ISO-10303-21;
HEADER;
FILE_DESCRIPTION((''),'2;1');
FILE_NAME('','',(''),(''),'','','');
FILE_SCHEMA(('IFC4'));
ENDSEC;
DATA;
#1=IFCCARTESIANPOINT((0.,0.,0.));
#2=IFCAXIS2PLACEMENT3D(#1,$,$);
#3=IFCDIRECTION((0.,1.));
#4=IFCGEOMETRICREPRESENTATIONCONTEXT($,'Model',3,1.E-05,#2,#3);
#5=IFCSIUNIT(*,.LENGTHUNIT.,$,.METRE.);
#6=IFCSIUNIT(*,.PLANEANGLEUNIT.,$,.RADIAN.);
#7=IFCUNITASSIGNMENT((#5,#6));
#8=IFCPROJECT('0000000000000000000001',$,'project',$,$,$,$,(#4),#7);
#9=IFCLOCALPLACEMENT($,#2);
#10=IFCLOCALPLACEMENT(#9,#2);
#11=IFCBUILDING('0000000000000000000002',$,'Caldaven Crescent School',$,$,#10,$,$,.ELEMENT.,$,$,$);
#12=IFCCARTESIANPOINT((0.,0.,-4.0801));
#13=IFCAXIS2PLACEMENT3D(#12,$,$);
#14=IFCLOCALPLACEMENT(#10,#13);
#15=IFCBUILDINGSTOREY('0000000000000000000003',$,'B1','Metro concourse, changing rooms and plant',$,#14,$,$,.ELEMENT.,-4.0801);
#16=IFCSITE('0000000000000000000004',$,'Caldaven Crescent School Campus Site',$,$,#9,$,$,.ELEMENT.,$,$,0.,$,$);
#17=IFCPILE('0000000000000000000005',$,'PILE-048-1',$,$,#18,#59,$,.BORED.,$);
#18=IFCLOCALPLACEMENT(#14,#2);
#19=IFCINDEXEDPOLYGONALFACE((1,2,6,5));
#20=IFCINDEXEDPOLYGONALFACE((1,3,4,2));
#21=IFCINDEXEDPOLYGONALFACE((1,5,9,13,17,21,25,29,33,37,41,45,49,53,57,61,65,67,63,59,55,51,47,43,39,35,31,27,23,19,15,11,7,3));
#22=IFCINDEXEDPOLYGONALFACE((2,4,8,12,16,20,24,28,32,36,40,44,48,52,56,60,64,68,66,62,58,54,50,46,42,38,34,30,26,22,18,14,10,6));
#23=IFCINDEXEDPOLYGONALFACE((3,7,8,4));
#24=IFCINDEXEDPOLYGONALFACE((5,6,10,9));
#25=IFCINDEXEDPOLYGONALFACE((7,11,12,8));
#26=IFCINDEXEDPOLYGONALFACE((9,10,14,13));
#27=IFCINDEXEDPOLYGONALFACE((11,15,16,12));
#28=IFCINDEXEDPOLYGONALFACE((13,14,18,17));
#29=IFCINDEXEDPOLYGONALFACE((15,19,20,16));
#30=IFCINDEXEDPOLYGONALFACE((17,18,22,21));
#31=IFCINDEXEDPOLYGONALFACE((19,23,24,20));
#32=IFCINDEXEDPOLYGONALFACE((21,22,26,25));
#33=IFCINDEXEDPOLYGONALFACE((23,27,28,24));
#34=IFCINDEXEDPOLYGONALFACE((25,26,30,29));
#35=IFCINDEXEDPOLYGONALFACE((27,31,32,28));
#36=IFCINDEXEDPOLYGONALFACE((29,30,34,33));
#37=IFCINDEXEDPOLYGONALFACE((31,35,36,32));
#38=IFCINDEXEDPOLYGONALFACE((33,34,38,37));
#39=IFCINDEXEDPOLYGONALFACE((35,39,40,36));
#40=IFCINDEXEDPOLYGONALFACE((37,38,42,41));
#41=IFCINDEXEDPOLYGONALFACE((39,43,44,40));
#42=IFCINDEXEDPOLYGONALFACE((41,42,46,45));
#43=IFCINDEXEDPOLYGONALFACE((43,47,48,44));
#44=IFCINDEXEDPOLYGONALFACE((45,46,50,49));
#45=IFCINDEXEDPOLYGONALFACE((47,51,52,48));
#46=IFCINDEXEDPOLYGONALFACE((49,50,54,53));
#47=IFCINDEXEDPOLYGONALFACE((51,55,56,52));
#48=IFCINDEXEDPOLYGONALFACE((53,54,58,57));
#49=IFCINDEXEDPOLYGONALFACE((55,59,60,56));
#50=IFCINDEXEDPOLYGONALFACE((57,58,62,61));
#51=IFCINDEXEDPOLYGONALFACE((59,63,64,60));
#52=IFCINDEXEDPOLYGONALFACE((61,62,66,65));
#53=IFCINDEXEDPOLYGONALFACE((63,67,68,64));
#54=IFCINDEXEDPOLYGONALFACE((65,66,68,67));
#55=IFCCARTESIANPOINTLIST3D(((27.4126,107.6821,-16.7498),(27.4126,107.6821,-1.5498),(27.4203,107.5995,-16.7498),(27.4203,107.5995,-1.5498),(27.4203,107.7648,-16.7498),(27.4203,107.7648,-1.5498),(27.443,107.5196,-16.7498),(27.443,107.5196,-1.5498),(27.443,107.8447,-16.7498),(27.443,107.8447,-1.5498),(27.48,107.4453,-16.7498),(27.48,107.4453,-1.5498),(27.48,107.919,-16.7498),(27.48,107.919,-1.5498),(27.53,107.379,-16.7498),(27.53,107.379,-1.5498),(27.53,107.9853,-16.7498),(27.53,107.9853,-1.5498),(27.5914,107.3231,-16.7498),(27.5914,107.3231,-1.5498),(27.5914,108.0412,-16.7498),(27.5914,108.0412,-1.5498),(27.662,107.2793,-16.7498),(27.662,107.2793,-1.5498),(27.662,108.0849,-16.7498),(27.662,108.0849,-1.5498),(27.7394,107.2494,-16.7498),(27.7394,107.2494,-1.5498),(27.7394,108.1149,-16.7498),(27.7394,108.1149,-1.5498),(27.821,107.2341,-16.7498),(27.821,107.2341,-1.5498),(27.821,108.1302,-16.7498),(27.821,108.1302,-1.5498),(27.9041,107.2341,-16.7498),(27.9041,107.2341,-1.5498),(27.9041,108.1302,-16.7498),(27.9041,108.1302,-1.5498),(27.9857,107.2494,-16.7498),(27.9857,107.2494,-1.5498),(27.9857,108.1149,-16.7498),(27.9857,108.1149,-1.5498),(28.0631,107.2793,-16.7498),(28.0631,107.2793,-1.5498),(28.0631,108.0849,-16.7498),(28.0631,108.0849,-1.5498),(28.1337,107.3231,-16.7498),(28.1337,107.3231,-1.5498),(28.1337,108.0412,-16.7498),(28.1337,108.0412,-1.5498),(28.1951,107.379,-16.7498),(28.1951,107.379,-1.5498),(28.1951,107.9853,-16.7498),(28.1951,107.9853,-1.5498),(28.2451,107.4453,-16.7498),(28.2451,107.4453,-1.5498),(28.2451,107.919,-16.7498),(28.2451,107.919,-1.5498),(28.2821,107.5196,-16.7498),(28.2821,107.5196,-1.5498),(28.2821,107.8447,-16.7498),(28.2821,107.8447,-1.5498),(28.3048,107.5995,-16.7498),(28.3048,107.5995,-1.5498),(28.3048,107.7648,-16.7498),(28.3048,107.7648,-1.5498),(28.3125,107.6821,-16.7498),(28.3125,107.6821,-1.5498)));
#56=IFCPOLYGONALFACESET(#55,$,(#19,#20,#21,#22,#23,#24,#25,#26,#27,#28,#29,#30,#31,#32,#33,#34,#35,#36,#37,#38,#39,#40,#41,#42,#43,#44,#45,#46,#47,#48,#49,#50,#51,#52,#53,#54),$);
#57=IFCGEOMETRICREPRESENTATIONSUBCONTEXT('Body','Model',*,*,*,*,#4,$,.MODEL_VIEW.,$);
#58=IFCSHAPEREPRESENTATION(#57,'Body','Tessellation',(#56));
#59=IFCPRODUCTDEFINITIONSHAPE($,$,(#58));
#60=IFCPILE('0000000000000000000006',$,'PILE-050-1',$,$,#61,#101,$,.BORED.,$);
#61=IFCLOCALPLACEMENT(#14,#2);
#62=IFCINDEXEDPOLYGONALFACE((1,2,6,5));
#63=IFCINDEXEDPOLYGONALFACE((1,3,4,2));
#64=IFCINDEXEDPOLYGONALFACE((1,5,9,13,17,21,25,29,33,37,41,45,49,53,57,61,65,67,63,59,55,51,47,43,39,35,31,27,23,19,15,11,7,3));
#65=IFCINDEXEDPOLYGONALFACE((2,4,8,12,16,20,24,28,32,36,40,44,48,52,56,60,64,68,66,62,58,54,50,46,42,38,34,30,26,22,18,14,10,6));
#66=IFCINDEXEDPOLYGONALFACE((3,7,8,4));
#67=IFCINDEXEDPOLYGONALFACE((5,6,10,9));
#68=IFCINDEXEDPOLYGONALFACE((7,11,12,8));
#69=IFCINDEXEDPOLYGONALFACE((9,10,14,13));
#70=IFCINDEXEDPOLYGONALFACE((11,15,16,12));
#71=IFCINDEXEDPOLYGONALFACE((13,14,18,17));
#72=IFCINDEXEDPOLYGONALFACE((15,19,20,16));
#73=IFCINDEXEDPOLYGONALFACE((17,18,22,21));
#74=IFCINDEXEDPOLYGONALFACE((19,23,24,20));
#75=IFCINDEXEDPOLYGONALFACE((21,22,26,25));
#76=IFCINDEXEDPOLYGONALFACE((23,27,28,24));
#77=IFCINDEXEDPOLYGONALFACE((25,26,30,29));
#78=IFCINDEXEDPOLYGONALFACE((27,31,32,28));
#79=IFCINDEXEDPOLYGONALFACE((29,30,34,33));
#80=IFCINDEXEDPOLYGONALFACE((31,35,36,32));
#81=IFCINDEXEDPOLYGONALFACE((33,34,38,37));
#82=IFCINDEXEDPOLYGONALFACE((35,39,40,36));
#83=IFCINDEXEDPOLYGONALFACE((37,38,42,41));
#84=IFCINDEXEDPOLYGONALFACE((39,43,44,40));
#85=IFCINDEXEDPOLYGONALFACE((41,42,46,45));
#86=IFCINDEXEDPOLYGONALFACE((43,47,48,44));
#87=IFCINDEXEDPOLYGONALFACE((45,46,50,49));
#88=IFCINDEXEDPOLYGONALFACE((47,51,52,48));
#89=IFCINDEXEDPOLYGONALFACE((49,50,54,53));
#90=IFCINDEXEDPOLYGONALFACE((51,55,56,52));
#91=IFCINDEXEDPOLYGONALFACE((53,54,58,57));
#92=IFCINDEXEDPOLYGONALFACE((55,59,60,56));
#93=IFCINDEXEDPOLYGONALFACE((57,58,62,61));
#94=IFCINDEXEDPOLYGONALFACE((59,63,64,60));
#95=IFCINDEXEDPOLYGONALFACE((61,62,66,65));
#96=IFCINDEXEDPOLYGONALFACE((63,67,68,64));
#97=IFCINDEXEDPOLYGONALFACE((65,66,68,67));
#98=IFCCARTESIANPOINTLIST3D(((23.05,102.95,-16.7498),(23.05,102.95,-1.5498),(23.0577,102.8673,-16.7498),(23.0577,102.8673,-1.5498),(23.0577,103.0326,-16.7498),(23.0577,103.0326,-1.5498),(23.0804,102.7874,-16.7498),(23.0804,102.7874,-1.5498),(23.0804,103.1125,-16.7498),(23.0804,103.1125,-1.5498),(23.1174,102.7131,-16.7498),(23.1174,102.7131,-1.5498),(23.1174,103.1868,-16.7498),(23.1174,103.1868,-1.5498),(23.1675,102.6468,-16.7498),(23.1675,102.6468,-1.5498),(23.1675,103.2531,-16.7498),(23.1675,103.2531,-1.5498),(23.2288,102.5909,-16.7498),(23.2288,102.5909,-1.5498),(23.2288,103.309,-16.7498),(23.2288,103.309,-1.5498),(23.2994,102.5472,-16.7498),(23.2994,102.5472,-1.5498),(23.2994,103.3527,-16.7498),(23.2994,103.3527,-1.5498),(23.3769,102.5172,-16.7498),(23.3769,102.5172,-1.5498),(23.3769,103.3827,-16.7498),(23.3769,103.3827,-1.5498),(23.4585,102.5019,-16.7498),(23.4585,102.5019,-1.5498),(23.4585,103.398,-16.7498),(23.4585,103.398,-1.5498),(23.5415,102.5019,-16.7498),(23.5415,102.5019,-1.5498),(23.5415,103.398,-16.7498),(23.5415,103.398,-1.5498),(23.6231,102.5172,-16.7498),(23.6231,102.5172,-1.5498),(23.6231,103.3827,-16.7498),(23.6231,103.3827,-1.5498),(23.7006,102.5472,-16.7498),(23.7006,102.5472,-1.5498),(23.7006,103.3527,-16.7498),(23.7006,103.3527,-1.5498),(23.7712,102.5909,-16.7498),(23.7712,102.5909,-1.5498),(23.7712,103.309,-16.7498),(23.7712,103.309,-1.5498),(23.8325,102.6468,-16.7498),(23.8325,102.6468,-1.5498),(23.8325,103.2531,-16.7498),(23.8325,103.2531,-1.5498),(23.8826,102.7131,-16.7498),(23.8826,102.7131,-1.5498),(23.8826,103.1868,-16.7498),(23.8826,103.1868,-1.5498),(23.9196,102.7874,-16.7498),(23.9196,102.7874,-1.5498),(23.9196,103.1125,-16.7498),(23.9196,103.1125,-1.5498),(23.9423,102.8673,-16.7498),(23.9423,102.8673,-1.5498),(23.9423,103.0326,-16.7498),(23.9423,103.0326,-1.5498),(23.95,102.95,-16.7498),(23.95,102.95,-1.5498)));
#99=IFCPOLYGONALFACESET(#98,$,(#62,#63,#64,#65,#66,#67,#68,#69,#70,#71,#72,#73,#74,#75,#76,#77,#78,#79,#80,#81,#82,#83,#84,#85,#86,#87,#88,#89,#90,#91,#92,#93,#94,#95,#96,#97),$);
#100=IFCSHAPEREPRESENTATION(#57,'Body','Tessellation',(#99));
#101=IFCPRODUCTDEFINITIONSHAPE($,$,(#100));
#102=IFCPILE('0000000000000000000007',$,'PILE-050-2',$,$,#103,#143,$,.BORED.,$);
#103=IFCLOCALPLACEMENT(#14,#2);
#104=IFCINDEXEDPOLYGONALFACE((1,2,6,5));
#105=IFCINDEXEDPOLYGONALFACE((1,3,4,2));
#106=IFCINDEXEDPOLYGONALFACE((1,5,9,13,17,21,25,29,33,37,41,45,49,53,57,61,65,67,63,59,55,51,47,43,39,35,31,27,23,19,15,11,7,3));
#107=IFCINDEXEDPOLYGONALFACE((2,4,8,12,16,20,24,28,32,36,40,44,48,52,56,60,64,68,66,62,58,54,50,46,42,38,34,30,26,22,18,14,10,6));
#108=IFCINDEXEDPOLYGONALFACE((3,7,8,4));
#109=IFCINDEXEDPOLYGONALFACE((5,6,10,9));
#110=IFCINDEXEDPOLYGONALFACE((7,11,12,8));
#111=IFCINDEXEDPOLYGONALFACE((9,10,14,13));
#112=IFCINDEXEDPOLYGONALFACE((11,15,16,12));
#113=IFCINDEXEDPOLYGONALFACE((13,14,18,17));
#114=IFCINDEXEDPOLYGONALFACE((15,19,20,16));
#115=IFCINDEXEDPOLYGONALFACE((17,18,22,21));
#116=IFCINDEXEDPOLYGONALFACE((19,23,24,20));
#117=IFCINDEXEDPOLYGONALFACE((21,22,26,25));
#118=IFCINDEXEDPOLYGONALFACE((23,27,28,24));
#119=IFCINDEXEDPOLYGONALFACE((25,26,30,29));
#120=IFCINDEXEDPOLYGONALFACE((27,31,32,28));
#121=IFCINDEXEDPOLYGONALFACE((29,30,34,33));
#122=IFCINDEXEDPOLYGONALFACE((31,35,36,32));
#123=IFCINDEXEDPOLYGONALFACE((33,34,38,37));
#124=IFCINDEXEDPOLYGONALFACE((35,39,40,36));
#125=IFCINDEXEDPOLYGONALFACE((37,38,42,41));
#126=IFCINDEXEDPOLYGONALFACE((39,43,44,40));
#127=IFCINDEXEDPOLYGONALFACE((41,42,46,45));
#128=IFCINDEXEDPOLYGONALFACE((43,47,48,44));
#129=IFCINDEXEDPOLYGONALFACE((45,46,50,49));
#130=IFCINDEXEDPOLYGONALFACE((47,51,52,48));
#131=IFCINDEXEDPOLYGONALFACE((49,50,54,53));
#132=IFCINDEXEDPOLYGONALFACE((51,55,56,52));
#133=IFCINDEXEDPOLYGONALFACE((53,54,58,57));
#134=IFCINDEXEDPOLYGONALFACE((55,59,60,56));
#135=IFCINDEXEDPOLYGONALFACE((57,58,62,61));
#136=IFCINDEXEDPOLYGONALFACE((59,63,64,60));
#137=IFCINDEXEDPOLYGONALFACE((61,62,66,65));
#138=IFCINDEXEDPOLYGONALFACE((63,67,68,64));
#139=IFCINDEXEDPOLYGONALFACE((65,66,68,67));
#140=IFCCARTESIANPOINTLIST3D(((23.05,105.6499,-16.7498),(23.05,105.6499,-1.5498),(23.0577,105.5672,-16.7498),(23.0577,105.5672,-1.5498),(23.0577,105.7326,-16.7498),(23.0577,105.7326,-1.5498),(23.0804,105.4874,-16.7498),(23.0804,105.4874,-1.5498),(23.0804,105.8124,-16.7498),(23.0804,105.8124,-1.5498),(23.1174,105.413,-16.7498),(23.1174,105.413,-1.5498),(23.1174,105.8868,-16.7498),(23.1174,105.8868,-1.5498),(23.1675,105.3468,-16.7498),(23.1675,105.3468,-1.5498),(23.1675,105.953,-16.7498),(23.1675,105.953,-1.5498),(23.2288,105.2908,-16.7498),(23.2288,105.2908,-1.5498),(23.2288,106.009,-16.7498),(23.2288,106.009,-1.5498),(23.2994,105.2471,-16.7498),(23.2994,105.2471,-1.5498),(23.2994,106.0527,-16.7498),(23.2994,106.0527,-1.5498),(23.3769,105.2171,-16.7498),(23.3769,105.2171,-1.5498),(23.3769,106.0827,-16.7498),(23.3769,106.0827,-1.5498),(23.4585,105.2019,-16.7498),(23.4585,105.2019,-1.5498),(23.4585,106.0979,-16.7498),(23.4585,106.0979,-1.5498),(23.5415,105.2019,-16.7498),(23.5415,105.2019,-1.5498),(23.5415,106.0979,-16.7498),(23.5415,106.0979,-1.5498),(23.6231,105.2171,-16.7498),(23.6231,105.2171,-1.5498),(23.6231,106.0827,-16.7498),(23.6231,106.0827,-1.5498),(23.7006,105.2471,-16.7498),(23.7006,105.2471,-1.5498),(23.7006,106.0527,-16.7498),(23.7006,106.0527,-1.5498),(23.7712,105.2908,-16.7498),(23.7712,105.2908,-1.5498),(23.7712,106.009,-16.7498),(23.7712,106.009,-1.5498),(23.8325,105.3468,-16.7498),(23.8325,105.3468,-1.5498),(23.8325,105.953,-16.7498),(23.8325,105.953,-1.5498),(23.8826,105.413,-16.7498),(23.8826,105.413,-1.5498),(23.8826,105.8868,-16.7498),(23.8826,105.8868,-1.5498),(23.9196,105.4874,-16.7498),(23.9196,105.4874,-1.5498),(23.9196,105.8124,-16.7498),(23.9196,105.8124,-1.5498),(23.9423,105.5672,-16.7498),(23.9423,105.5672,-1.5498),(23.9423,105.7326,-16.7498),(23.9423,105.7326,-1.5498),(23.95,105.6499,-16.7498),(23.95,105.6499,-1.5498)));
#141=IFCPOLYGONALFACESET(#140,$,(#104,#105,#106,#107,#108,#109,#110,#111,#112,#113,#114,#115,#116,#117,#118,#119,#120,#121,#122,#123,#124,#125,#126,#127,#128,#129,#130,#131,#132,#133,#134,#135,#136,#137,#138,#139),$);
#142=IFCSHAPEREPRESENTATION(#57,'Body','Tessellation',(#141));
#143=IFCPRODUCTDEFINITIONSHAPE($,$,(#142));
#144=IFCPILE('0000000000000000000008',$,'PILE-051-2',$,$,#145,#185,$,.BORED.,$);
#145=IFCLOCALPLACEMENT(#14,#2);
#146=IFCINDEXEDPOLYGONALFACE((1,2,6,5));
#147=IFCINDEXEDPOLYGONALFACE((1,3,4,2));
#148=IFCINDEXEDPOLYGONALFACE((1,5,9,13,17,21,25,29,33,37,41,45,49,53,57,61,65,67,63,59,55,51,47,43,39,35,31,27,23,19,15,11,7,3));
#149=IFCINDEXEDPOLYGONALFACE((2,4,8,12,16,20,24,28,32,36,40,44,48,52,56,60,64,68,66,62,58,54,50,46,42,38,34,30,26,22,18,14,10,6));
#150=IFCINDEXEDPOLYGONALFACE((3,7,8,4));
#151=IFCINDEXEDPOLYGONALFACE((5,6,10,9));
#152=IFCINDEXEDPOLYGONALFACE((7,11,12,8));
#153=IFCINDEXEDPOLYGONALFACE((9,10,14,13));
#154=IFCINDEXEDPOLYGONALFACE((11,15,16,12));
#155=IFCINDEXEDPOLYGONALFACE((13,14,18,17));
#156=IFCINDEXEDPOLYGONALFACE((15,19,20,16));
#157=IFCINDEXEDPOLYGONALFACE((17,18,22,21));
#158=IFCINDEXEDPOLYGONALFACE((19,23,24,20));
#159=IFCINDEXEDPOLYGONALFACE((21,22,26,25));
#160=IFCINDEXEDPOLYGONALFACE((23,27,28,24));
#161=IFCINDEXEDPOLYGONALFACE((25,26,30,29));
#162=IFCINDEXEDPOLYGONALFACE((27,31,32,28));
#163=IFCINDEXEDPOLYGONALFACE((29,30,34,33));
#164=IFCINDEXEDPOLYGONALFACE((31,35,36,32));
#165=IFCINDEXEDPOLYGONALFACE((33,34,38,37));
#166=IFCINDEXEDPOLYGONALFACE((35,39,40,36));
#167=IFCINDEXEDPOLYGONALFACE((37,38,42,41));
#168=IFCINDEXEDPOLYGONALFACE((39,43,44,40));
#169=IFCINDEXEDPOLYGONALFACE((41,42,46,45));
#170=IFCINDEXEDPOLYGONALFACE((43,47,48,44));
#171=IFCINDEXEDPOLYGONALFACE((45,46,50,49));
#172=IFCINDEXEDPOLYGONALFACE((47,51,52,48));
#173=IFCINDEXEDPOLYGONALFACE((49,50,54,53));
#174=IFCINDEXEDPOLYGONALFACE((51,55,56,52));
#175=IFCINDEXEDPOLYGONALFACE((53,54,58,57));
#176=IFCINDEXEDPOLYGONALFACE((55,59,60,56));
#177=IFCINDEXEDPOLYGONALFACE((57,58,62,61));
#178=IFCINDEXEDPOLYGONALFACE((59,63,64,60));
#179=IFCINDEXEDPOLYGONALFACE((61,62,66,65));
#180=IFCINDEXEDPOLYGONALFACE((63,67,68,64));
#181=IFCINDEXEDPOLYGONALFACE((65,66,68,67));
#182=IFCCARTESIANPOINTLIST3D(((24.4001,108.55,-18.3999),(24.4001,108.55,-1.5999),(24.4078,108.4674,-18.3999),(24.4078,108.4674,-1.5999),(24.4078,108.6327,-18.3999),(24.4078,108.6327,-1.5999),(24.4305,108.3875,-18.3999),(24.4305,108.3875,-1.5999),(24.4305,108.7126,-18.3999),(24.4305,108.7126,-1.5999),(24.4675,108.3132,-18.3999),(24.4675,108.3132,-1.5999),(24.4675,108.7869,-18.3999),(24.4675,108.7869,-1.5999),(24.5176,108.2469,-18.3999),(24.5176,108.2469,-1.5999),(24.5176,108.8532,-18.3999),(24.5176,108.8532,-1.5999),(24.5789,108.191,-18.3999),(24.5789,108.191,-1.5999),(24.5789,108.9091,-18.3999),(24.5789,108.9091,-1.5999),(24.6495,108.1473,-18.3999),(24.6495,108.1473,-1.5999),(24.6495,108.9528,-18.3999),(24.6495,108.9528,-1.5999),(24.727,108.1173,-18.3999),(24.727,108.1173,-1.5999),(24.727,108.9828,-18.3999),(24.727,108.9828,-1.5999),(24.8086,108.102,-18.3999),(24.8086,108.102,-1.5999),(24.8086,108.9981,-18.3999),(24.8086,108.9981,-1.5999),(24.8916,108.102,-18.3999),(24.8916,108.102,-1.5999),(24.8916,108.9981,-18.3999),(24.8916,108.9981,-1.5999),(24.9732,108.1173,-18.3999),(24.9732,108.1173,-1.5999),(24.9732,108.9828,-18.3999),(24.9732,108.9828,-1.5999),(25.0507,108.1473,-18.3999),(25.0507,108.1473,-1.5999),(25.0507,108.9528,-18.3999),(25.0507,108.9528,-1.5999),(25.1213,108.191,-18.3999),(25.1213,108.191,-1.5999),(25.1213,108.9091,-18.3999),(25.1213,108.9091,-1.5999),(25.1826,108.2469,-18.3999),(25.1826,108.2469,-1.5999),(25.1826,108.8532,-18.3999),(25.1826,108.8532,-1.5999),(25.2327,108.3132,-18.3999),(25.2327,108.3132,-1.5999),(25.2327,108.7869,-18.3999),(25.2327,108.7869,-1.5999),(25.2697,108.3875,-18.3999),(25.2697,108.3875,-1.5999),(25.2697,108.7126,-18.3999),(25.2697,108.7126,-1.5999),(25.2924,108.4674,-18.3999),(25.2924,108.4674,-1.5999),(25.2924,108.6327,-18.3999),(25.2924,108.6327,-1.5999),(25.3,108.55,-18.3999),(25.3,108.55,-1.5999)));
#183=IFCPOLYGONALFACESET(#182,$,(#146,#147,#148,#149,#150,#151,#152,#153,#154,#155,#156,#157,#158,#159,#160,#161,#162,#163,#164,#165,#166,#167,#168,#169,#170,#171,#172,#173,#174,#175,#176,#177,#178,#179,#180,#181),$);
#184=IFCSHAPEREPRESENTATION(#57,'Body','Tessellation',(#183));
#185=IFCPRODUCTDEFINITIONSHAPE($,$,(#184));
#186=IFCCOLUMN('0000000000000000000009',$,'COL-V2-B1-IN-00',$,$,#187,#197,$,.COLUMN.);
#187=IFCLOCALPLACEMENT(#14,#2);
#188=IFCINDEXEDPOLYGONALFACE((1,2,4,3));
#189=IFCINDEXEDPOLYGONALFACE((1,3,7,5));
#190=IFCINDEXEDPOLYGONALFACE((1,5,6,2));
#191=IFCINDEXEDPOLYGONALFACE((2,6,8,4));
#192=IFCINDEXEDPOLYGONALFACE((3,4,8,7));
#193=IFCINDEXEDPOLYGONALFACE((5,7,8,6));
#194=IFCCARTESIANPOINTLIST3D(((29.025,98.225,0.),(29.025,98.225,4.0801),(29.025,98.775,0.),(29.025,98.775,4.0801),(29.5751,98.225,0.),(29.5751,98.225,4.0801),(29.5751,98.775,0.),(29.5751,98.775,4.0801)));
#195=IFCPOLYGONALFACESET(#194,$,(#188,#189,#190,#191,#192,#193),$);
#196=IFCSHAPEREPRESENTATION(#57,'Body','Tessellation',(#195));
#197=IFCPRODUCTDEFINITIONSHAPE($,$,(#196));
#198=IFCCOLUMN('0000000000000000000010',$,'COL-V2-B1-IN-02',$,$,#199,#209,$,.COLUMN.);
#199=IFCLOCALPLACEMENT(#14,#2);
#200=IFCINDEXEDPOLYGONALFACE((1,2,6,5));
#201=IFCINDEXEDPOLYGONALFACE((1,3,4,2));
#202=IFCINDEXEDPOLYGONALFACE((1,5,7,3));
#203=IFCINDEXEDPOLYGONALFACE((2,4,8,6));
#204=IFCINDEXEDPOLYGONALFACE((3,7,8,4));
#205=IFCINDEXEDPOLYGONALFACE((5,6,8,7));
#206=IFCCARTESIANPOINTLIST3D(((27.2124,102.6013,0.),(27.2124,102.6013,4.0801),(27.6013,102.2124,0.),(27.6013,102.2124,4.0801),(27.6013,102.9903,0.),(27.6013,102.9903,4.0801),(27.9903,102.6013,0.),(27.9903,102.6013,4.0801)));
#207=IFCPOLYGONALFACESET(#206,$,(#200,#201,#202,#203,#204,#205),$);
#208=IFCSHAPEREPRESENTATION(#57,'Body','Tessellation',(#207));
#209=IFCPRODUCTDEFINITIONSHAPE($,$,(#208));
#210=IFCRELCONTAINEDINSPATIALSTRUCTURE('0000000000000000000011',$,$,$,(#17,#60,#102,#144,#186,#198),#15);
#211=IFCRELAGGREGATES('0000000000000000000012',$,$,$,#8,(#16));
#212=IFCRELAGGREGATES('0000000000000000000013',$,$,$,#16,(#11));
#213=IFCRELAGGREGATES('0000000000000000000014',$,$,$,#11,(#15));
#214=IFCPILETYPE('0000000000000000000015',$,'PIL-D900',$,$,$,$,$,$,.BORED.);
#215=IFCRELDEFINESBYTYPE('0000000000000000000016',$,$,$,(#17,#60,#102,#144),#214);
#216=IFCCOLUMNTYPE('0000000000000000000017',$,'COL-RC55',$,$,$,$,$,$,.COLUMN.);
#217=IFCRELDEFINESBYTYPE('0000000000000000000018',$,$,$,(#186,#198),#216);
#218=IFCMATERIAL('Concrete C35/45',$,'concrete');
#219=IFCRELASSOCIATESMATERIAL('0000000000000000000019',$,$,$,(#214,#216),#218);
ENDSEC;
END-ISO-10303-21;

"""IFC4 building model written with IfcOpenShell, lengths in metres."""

from ifc_helpers import new_model, si_unit, direction, frame, origin, origin_2d, place, context, subcontext, project, spatial, rectangle, circle, extrude, material, material_profile, profile_set, type_object, element, save


model = new_model("IFC4")

# Units and contexts
model_context = context("Model", 3, precision=1e-05, world=origin(), true_north=direction((0.0, 1.0)))
body_context = subcontext(model_context, "Body", "Model", "MODEL_VIEW")
ifc_project = project(units=[si_unit("LENGTHUNIT", "METRE"), si_unit("PLANEANGLEUNIT", "RADIAN")], contexts=[model_context])

# Site, building, storey
site_placement = place(None, origin())
site = spatial("IfcSite", under=ifc_project, at=site_placement, Name="Caldaven Crescent School Campus Site", CompositionType="ELEMENT", RefElevation=0.0)
building_placement = place(site_placement, origin())
building = spatial("IfcBuilding", under=site, at=building_placement, Name="Caldaven Crescent School", CompositionType="ELEMENT")
storey_placement = place(building_placement, frame((0.0, 0.0, -4.0801)))
storey = spatial("IfcBuildingStorey", under=building, at=storey_placement, Name="B1", Description="Metro concourse, changing rooms and plant", CompositionType="ELEMENT", Elevation=-4.0801)

# Shared definitions
ifc_material_1 = material(Name="Concrete C35/45", Category="concrete")

# Piles
ifc_material_profile_1 = material_profile(ifc_material_1, circle(Radius=0.45, at=origin_2d()), Name="PILE D900")
ifc_profile_set_1 = profile_set([ifc_material_profile_1], Name="Concrete C35/45")
pile_type_1 = type_object("IfcPileType", Name="PIL-D900", PredefinedType="BORED", material=ifc_profile_set_1)
for number, where, z_axis, x_axis, name in (
    (1, (27.8625, 107.6821, -1.5498), (0.0, 0.0, -1.0), (1.0, 0.0, 0.0), "PILE-048-1"),
    (2, (23.5, 102.95, -1.5498), (0.0, 0.0, -1.0), (1.0, 0.0, 0.0), "PILE-050-1"),
    (3, (23.5, 105.6499, -1.5498), (0.0, 0.0, -1.0), (1.0, 0.0, 0.0), "PILE-050-2"),
):
    element("IfcPile", number, at=place(storey_placement, frame(where, z_axis=z_axis, x_axis=x_axis)), inside=storey, type_object=pile_type_1, Name=name, PredefinedType="BORED", context=body_context, shape_type="SweptSolid", body=[
        extrude(circle(Radius=0.45, at=origin_2d()), origin(), (0.0, 0.0, 1.0), 15.2),
    ])
pile_1_placement = place(storey_placement, frame((24.8501, 108.55, -1.5999), z_axis=(0.0, 0.0, -1.0), x_axis=(1.0, 0.0, 0.0)))
element("IfcPile", 4, at=pile_1_placement, inside=storey, type_object=pile_type_1, Name="PILE-051-2", PredefinedType="BORED", context=body_context, shape_type="SweptSolid", body=[
    extrude(circle(Radius=0.45, at=origin_2d()), origin(), (0.0, 0.0, 1.0), 16.8),
])

# Columns
ifc_material_profile_2 = material_profile(ifc_material_1, rectangle(XDim=0.55, YDim=0.55, at=origin_2d()), Name="RC 550x550")
ifc_profile_set_2 = profile_set([ifc_material_profile_2], Name="Concrete C35/45")
column_type_1 = type_object("IfcColumnType", Name="COL-RC55", PredefinedType="COLUMN", material=ifc_profile_set_2)
for number, where, z_axis, x_axis, name in (
    (5, (29.3, 98.5, 0.0), (0.0, 0.0, 1.0), (1.0, 0.0, 0.0), "COL-V2-B1-IN-00"),
    (6, (27.6013, 102.6013, 0.0), (0.0, 0.0, 1.0), (0.707107, 0.707107, 0.0), "COL-V2-B1-IN-02"),
):
    element("IfcColumn", number, at=place(storey_placement, frame(where, z_axis=z_axis, x_axis=x_axis)), inside=storey, type_object=column_type_1, Name=name, PredefinedType="COLUMN", context=body_context, shape_type="SweptSolid", body=[
        extrude(rectangle(XDim=0.55, YDim=0.55, at=origin_2d()), origin(), (0.0, 0.0, 1.0), 4.0801),
    ])

save(model, "model.ifc")
